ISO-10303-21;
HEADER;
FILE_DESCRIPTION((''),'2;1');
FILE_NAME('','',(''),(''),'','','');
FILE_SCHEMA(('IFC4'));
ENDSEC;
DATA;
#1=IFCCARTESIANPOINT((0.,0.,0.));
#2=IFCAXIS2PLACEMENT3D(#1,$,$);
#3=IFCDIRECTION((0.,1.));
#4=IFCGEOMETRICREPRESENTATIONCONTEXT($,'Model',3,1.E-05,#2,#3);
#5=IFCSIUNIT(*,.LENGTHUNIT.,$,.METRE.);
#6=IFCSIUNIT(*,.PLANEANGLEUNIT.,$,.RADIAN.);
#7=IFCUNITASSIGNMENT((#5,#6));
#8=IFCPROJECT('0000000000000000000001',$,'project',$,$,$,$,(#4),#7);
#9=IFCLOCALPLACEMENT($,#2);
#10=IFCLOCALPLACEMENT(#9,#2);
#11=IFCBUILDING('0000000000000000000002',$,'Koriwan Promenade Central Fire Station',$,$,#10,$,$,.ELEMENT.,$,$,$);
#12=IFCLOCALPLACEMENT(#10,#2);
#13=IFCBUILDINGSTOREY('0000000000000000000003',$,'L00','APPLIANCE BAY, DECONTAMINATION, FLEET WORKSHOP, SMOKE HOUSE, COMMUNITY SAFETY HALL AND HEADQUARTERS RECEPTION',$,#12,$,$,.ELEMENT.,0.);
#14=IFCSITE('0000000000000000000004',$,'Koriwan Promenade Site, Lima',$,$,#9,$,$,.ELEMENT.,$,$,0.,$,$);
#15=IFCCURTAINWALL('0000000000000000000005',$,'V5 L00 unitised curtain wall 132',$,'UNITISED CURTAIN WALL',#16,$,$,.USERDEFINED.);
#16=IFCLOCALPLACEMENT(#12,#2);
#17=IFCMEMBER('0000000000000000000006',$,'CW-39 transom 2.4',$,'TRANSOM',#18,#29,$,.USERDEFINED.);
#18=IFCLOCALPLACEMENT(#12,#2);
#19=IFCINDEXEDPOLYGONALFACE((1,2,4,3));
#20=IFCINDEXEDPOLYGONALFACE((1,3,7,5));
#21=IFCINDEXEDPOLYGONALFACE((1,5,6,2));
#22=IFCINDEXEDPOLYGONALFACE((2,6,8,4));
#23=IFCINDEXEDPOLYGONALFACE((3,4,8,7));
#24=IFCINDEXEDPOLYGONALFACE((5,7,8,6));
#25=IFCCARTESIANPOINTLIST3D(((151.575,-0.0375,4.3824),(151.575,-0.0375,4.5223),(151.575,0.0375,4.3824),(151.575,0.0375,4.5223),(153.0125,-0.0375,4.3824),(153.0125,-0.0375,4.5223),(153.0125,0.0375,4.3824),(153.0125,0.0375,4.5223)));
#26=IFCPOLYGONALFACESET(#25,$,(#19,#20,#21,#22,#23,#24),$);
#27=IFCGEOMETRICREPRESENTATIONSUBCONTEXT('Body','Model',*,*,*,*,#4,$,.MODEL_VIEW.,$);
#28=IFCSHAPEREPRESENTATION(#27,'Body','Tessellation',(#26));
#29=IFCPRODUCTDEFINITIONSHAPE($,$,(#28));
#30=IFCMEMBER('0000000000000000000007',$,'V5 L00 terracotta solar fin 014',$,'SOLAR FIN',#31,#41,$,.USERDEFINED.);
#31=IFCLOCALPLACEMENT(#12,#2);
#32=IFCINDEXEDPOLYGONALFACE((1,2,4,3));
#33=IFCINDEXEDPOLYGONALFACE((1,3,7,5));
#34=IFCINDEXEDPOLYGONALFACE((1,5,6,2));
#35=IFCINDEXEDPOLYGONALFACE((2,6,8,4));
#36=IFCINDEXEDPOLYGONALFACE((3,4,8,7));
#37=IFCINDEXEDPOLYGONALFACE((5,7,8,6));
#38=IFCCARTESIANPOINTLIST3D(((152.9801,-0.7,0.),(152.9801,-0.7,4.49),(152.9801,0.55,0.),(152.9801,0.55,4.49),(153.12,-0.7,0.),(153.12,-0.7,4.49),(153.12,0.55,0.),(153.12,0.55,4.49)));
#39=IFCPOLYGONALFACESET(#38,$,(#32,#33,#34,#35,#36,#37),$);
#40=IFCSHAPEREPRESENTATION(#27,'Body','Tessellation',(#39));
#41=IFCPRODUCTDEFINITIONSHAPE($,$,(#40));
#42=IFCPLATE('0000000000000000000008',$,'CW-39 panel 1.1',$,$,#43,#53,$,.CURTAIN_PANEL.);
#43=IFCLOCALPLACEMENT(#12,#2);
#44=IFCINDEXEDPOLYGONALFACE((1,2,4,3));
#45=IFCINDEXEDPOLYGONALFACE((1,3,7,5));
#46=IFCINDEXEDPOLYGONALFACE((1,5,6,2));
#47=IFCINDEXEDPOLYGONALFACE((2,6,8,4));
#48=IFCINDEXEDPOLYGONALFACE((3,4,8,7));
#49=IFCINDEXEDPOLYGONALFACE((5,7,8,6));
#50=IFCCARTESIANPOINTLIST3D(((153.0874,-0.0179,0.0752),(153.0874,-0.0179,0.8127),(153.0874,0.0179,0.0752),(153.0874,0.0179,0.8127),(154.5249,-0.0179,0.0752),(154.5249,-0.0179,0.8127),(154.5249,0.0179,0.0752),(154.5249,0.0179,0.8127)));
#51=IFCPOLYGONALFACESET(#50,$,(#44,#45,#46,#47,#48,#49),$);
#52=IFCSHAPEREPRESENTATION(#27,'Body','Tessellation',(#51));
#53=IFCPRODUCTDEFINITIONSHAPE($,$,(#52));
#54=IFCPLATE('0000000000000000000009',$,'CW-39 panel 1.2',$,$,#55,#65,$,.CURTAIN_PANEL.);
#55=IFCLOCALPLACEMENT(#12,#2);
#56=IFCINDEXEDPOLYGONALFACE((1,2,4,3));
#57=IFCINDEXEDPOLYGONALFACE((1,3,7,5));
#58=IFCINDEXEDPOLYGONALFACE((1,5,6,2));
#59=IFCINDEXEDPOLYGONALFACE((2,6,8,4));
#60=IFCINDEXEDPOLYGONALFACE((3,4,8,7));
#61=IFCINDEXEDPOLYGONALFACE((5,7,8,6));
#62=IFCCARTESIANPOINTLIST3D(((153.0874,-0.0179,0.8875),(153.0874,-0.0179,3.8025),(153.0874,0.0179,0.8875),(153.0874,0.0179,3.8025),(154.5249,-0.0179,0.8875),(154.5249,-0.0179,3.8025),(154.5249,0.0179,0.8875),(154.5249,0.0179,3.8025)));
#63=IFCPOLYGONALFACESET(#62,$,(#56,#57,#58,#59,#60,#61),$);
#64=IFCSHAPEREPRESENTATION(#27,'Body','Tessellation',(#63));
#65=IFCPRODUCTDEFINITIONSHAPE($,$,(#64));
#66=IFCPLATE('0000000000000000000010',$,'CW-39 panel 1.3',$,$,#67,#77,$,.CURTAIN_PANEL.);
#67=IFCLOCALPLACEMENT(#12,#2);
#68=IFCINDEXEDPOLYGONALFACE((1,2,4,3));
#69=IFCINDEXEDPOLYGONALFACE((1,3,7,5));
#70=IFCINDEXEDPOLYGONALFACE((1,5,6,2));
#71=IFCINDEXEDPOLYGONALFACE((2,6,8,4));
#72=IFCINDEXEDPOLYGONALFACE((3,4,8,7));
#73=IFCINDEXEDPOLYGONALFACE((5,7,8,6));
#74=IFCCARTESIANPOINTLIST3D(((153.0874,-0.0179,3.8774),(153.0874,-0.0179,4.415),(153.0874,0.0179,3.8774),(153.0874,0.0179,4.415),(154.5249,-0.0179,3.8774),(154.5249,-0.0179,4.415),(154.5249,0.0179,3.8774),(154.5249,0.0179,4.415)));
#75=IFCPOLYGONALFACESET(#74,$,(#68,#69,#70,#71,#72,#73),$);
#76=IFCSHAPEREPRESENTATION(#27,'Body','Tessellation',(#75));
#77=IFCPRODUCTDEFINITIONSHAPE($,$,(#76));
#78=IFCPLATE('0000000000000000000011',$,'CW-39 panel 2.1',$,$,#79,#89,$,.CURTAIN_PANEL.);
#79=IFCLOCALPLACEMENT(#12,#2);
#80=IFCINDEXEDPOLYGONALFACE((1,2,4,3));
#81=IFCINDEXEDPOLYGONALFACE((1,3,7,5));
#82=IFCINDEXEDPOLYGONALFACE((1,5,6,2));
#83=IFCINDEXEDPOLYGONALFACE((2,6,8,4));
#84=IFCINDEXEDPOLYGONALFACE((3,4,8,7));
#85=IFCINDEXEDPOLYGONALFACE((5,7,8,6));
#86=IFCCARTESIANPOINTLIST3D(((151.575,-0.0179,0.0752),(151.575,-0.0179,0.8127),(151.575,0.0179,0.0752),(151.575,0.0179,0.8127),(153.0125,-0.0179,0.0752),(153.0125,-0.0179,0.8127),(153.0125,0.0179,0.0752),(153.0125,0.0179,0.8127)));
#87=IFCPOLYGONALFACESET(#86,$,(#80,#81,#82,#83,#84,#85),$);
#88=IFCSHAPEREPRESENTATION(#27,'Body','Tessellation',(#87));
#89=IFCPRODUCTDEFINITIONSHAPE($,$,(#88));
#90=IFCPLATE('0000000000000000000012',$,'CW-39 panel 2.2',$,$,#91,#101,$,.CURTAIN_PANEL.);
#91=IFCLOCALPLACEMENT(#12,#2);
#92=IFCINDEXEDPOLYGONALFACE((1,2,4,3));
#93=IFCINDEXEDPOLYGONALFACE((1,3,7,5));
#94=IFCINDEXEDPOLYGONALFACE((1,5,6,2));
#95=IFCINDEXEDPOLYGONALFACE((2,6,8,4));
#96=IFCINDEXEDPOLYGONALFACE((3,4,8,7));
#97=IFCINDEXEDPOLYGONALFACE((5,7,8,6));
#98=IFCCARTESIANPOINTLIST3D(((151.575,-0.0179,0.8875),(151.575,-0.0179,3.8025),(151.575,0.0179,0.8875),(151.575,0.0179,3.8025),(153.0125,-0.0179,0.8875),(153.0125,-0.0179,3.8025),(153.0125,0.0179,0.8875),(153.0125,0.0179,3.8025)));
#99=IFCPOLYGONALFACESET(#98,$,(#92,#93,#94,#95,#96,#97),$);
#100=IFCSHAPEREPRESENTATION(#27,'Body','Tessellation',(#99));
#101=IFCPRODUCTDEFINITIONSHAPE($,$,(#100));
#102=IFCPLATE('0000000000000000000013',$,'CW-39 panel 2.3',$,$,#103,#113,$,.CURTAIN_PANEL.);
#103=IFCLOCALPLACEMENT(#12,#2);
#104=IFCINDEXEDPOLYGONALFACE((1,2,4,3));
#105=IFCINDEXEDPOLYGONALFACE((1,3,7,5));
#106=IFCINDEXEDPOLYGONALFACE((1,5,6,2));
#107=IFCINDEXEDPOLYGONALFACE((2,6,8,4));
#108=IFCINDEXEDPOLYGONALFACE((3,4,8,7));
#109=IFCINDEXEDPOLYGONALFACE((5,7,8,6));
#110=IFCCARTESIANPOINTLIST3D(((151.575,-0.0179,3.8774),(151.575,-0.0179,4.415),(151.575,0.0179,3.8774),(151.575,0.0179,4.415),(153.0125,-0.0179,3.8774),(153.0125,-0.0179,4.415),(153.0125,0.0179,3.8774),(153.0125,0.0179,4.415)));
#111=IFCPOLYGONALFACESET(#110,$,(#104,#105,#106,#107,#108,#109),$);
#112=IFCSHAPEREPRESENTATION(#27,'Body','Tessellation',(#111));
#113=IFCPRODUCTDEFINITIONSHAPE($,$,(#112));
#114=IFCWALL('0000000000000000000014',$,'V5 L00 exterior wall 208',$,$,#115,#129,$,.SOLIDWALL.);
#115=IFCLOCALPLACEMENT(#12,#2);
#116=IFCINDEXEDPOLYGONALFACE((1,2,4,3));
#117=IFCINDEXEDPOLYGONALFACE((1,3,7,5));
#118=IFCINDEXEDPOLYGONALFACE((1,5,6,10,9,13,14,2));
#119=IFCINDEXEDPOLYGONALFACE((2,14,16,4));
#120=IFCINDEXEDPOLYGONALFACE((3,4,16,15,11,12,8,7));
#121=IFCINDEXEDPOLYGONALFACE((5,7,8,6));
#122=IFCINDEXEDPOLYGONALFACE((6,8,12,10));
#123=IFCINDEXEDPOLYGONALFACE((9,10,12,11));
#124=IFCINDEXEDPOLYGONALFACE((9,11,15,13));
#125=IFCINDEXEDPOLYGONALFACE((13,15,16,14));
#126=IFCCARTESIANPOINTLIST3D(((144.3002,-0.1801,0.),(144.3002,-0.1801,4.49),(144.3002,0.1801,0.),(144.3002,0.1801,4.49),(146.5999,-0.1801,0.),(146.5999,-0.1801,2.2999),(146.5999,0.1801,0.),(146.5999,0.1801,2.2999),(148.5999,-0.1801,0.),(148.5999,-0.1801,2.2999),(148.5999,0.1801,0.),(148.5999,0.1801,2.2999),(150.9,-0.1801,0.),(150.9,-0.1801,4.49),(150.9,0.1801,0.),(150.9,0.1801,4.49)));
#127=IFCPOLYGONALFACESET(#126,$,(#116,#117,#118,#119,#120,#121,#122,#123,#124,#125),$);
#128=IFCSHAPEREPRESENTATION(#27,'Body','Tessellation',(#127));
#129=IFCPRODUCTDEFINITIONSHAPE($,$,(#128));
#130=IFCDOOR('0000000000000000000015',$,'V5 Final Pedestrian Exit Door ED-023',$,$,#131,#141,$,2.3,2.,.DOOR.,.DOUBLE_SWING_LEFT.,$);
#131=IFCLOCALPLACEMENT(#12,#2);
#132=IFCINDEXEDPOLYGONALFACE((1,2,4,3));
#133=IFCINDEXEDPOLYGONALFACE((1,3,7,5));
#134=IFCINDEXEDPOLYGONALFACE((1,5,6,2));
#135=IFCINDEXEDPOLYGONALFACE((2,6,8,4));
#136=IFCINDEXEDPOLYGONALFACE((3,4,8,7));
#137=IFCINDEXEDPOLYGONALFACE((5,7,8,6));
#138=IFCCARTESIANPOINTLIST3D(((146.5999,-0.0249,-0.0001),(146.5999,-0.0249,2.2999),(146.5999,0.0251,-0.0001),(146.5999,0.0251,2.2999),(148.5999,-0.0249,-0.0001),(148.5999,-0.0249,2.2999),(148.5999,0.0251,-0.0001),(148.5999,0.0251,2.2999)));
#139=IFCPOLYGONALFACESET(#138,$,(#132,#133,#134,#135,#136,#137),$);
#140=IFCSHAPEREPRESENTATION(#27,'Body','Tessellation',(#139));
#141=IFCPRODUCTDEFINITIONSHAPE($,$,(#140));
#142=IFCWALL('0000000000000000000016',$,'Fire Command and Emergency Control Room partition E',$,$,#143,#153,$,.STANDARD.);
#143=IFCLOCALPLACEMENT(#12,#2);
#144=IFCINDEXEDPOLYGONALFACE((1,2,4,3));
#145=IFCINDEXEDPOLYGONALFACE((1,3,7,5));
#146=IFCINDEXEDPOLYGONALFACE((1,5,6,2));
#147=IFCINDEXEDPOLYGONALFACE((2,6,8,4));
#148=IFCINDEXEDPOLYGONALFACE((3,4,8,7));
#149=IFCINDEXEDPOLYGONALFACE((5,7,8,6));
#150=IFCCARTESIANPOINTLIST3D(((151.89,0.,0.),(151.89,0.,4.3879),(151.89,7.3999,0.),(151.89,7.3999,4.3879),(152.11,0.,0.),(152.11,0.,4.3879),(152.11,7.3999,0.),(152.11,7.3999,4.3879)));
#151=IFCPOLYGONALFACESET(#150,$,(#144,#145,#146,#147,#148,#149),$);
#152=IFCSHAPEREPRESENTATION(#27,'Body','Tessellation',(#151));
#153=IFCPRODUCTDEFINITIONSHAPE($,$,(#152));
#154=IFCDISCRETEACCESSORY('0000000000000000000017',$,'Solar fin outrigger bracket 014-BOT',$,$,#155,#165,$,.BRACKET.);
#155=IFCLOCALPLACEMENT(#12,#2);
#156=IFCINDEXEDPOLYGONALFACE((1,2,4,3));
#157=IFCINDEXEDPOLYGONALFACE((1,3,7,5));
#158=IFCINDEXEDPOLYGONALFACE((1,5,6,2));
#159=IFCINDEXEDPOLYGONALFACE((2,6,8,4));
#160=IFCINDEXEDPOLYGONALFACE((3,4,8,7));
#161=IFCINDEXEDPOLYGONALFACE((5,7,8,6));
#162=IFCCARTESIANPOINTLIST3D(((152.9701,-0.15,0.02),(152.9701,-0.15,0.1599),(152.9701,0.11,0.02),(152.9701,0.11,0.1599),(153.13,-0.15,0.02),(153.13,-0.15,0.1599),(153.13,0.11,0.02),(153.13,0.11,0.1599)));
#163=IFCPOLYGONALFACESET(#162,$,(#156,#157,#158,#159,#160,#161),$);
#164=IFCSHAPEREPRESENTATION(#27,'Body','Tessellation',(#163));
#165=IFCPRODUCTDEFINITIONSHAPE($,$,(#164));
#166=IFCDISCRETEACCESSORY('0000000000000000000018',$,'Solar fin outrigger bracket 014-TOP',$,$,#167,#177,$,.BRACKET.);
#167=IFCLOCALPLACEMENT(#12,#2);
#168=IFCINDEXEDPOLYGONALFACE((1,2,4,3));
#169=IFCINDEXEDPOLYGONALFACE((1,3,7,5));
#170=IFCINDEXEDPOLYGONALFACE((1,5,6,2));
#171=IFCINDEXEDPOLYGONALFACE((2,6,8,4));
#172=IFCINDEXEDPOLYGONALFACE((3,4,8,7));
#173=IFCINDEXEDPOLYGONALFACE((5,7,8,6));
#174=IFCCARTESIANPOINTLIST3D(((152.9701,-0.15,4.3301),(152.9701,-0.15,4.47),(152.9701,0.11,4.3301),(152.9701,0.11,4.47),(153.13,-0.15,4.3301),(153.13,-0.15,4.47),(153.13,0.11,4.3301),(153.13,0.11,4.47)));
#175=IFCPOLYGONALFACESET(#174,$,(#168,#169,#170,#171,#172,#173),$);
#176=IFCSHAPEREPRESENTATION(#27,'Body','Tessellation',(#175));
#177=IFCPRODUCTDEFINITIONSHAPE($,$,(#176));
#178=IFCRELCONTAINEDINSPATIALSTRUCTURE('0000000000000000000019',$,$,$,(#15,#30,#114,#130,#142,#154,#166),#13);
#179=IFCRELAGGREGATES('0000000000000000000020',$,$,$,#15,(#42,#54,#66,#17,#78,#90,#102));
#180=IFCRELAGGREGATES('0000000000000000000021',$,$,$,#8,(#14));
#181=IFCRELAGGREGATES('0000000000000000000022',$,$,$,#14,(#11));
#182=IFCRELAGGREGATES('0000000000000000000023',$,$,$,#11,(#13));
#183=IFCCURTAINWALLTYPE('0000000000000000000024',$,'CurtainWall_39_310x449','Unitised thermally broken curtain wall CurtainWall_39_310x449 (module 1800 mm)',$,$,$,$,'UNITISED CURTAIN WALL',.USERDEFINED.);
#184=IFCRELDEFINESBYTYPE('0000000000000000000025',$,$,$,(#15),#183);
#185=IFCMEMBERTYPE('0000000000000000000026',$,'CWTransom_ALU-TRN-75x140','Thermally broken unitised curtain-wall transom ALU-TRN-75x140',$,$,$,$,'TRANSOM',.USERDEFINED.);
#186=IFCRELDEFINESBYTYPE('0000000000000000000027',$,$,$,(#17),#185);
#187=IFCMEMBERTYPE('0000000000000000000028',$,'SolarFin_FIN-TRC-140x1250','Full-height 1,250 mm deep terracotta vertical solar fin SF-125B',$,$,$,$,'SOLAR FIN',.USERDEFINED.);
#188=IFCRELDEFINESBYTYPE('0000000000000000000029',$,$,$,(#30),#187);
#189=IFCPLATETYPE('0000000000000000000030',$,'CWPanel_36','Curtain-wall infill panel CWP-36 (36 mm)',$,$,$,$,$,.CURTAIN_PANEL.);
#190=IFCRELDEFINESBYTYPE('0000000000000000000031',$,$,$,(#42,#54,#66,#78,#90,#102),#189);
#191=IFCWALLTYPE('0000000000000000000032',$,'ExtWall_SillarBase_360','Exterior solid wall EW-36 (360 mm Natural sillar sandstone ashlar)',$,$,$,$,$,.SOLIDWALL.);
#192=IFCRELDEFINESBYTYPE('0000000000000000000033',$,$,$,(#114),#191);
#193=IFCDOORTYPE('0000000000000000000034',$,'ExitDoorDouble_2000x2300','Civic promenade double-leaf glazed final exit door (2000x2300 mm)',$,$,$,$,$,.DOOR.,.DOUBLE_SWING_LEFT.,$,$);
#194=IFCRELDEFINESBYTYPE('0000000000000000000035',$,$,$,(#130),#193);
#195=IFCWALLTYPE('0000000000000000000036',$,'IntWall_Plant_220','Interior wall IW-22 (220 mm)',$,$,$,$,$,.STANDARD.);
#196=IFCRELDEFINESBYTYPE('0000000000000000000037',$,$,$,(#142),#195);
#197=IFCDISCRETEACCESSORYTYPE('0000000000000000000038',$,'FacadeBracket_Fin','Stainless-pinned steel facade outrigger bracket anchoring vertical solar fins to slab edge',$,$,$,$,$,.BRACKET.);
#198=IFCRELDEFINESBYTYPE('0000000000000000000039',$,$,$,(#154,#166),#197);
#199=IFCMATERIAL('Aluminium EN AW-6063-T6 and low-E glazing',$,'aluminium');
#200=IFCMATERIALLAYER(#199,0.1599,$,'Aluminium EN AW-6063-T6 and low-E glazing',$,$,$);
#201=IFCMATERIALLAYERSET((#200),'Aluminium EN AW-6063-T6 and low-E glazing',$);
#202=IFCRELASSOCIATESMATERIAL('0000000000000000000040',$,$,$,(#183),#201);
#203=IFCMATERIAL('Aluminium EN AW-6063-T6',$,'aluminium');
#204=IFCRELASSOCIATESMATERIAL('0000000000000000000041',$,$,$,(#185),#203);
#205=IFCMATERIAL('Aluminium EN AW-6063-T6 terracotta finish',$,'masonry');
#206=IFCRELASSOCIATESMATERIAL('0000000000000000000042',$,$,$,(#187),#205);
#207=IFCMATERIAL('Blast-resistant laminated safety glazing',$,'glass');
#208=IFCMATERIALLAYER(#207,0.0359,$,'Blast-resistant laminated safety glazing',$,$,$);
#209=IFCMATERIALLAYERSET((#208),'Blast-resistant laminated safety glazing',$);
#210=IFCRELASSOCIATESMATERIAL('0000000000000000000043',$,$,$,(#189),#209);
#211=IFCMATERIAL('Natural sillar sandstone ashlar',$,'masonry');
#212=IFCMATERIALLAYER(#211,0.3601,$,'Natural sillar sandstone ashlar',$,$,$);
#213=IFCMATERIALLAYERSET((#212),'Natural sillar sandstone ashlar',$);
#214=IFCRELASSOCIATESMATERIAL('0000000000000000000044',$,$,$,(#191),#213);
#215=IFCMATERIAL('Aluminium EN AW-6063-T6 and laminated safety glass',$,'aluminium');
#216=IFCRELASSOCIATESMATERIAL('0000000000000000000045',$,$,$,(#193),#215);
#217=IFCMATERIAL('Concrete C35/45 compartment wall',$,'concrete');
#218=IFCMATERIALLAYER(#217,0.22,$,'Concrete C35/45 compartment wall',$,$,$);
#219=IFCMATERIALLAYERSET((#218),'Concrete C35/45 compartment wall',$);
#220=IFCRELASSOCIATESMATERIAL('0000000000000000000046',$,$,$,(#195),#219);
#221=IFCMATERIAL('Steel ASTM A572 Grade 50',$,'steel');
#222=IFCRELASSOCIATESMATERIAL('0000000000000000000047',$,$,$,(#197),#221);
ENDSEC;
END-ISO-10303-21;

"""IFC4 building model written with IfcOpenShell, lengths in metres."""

from ifc_helpers import new_model, si_unit, direction, frame, frame_2d, origin, origin_2d, place, context, subcontext, project, spatial, rectangle, extrude, material, layer, layer_set, material_profile, profile_set, type_object, element, fill, aggregate, save


model = new_model("IFC4")

# Units and contexts
model_context = context("Model", 3, precision=1e-05, world=origin(), true_north=direction((0.0, 1.0)))
body_context = subcontext(model_context, "Body", "Model", "MODEL_VIEW")
ifc_project = project(units=[si_unit("LENGTHUNIT", "METRE"), si_unit("PLANEANGLEUNIT", "RADIAN")], contexts=[model_context])

# Site, building, storey
site_placement = place(None, origin())
site = spatial("IfcSite", under=ifc_project, at=site_placement, Name="Koriwan Promenade Site, Lima", CompositionType="ELEMENT", RefElevation=0.0)
building_placement = place(site_placement, origin())
building = spatial("IfcBuilding", under=site, at=building_placement, Name="Koriwan Promenade Central Fire Station", CompositionType="ELEMENT")
storey_placement = place(building_placement, origin())
storey = spatial("IfcBuildingStorey", under=building, at=storey_placement, Name="L00", Description="APPLIANCE BAY, DECONTAMINATION, FLEET WORKSHOP, SMOKE HOUSE, COMMUNITY SAFETY HALL AND HEADQUARTERS RECEPTION", CompositionType="ELEMENT", Elevation=0.0)

# Curtain wall, member
ifc_material_1 = material(Name="Aluminium EN AW-6063-T6 and low-E glazing", Category="aluminium")
ifc_layer_1 = layer(ifc_material_1, 0.1599, Name="Aluminium EN AW-6063-T6 and low-E glazing")
ifc_layer_set_1 = layer_set([ifc_layer_1], Name="Aluminium EN AW-6063-T6 and low-E glazing")
curtain_wall_type = type_object("IfcCurtainWallType", Name="CurtainWall_39_310x449", Description="Unitised thermally broken curtain wall CurtainWall_39_310x449 (module 1800 mm)", ElementType="UNITISED CURTAIN WALL", PredefinedType="USERDEFINED", material=ifc_layer_set_1)
curtain_wall_placement = place(storey_placement, origin())
curtain_wall = element("IfcCurtainWall", 1, at=curtain_wall_placement, inside=storey, type_object=curtain_wall_type, Name="V5 L00 unitised curtain wall 132", ObjectType="UNITISED CURTAIN WALL", PredefinedType="USERDEFINED")
ifc_material_2 = material(Name="Aluminium EN AW-6063-T6", Category="aluminium")
ifc_material_profile_1 = material_profile(ifc_material_2, rectangle(XDim=0.075, YDim=0.1399, at=origin_2d()), Name="ALU-TRN-75x140")
ifc_profile_set_1 = profile_set([ifc_material_profile_1], Name="Aluminium EN AW-6063-T6")
member_type_1 = type_object("IfcMemberType", Name="CWTransom_ALU-TRN-75x140", Description="Thermally broken unitised curtain-wall transom ALU-TRN-75x140", ElementType="TRANSOM", PredefinedType="USERDEFINED", material=ifc_profile_set_1)
member_1_placement = place(storey_placement, frame((153.0125, 0.0, 4.4524), z_axis=(-1.0, 0.0, 0.0), x_axis=(0.0, -1.0, 0.0)))
member_1 = element("IfcMember", 2, at=member_1_placement, type_object=member_type_1, Name="CW-39 transom 2.4", ObjectType="TRANSOM", PredefinedType="USERDEFINED", context=body_context, shape_type="SweptSolid", body=[
    extrude(rectangle(XDim=0.075, YDim=0.1399, at=origin_2d()), origin(), (0.0, 0.0, 1.0), 1.4375),
])

# Member
ifc_material_3 = material(Name="Aluminium EN AW-6063-T6 terracotta finish", Category="masonry")
ifc_material_profile_2 = material_profile(ifc_material_3, rectangle(XDim=0.1399, YDim=1.25, at=origin_2d()), Name="FIN-TRC-140x1250")
ifc_profile_set_2 = profile_set([ifc_material_profile_2], Name="Aluminium EN AW-6063-T6 terracotta finish")
member_type_2 = type_object("IfcMemberType", Name="SolarFin_FIN-TRC-140x1250", Description="Full-height 1,250 mm deep terracotta vertical solar fin SF-125B", ElementType="SOLAR FIN", PredefinedType="USERDEFINED", material=ifc_profile_set_2)
member_2_placement = place(storey_placement, frame((153.05, -0.075, 0.0), z_axis=(0.0, 0.0, 1.0), x_axis=(-1.0, 0.0, 0.0)))
element("IfcMember", 3, at=member_2_placement, inside=storey, type_object=member_type_2, Name="V5 L00 terracotta solar fin 014", ObjectType="SOLAR FIN", PredefinedType="USERDEFINED", context=body_context, shape_type="SweptSolid", body=[
    extrude(rectangle(XDim=0.1399, YDim=1.25, at=origin_2d()), origin(), (0.0, 0.0, 1.0), 4.49),
])

# Plates
ifc_material_4 = material(Name="Blast-resistant laminated safety glazing", Category="glass")
ifc_layer_2 = layer(ifc_material_4, 0.0359, Name="Blast-resistant laminated safety glazing")
ifc_layer_set_2 = layer_set([ifc_layer_2], Name="Blast-resistant laminated safety glazing")
plate_type = type_object("IfcPlateType", Name="CWPanel_36", Description="Curtain-wall infill panel CWP-36 (36 mm)", PredefinedType="CURTAIN_PANEL", material=ifc_layer_set_2)
plate_1_placement = place(storey_placement, frame((153.8062, 0.0, 0.0752), z_axis=(0.0, 0.0, 1.0), x_axis=(-1.0, 0.0, 0.0)))
plate_1 = element("IfcPlate", 4, at=plate_1_placement, type_object=plate_type, Name="CW-39 panel 1.1", PredefinedType="CURTAIN_PANEL", context=body_context, shape_type="SweptSolid", body=[
    extrude(rectangle(XDim=1.4375, YDim=0.0359, at=origin_2d()), origin(), (0.0, 0.0, 1.0), 0.7375),
])
plate_2_placement = place(storey_placement, frame((153.8062, 0.0, 0.8875), z_axis=(0.0, 0.0, 1.0), x_axis=(-1.0, 0.0, 0.0)))
plate_2 = element("IfcPlate", 5, at=plate_2_placement, type_object=plate_type, Name="CW-39 panel 1.2", PredefinedType="CURTAIN_PANEL", context=body_context, shape_type="SweptSolid", body=[
    extrude(rectangle(XDim=1.4375, YDim=0.0359, at=origin_2d()), origin(), (0.0, 0.0, 1.0), 2.915),
])
plate_3_placement = place(storey_placement, frame((153.8062, 0.0, 3.8774), z_axis=(0.0, 0.0, 1.0), x_axis=(-1.0, 0.0, 0.0)))
plate_3 = element("IfcPlate", 6, at=plate_3_placement, type_object=plate_type, Name="CW-39 panel 1.3", PredefinedType="CURTAIN_PANEL", context=body_context, shape_type="SweptSolid", body=[
    extrude(rectangle(XDim=1.4375, YDim=0.0359, at=origin_2d()), origin(), (0.0, 0.0, 1.0), 0.5376),
])
plate_4_placement = place(storey_placement, frame((152.2937, 0.0, 0.0752), z_axis=(0.0, 0.0, 1.0), x_axis=(-1.0, 0.0, 0.0)))
plate_4 = element("IfcPlate", 7, at=plate_4_placement, type_object=plate_type, Name="CW-39 panel 2.1", PredefinedType="CURTAIN_PANEL", context=body_context, shape_type="SweptSolid", body=[
    extrude(rectangle(XDim=1.4375, YDim=0.0359, at=origin_2d()), origin(), (0.0, 0.0, 1.0), 0.7375),
])
plate_5_placement = place(storey_placement, frame((152.2937, 0.0, 0.8875), z_axis=(0.0, 0.0, 1.0), x_axis=(-1.0, 0.0, 0.0)))
plate_5 = element("IfcPlate", 8, at=plate_5_placement, type_object=plate_type, Name="CW-39 panel 2.2", PredefinedType="CURTAIN_PANEL", context=body_context, shape_type="SweptSolid", body=[
    extrude(rectangle(XDim=1.4375, YDim=0.0359, at=origin_2d()), origin(), (0.0, 0.0, 1.0), 2.915),
])
plate_6_placement = place(storey_placement, frame((152.2937, 0.0, 3.8774), z_axis=(0.0, 0.0, 1.0), x_axis=(-1.0, 0.0, 0.0)))
plate_6 = element("IfcPlate", 9, at=plate_6_placement, type_object=plate_type, Name="CW-39 panel 2.3", PredefinedType="CURTAIN_PANEL", context=body_context, shape_type="SweptSolid", body=[
    extrude(rectangle(XDim=1.4375, YDim=0.0359, at=origin_2d()), origin(), (0.0, 0.0, 1.0), 0.5376),
])
aggregate(curtain_wall, [plate_1, plate_2, plate_3, member_1, plate_4, plate_5, plate_6])

# Wall, opening, door
ifc_material_5 = material(Name="Natural sillar sandstone ashlar", Category="masonry")
ifc_layer_3 = layer(ifc_material_5, 0.3601, Name="Natural sillar sandstone ashlar")
ifc_layer_set_3 = layer_set([ifc_layer_3], Name="Natural sillar sandstone ashlar")
wall_type_1 = type_object("IfcWallType", Name="ExtWall_SillarBase_360", Description="Exterior solid wall EW-36 (360 mm Natural sillar sandstone ashlar)", PredefinedType="SOLIDWALL", material=ifc_layer_set_3)
wall_1_placement = place(storey_placement, frame((150.8999, 0.0, 0.0), z_axis=(0.0, 0.0, 1.0), x_axis=(-1.0, 0.0, 0.0)))
wall_1 = element("IfcWall", 10, at=wall_1_placement, inside=storey, type_object=wall_type_1, Name="V5 L00 exterior wall 208", PredefinedType="SOLIDWALL", context=body_context, shape_type="SweptSolid", body=[
    extrude(rectangle(XDim=6.5999, YDim=0.3601, at=frame_2d((3.2998, 0.0))), origin(), (0.0, 0.0, 1.0), 4.49),
])
opening_placement = place(wall_1_placement, frame((2.3, 0.0, 0.0)))
opening = element("IfcOpeningElement", 11, at=opening_placement, cuts=wall_1, PredefinedType="OPENING", context=body_context, shape_type="SweptSolid", body=[
    extrude(rectangle(XDim=2.0, YDim=2.3, at=frame_2d((1.0, 1.1499))), frame((0.0, 0.1919, 0.0), z_axis=(0.0, -1.0, 0.0), x_axis=(1.0, 0.0, 0.0)), (0.0, 0.0, 1.0), 0.384),
])
ifc_material_6 = material(Name="Aluminium EN AW-6063-T6 and laminated safety glass", Category="aluminium")
door_type = type_object("IfcDoorType", Name="ExitDoorDouble_2000x2300", Description="Civic promenade double-leaf glazed final exit door (2000x2300 mm)", OperationType="DOUBLE_SWING_LEFT", PredefinedType="DOOR", material=ifc_material_6)
door_placement = place(opening_placement, origin())
door = element("IfcDoor", 12, at=door_placement, inside=storey, type_object=door_type, Name="V5 Final Pedestrian Exit Door ED-023", OperationType="DOUBLE_SWING_LEFT", OverallHeight=2.3, OverallWidth=2.0, PredefinedType="DOOR", context=body_context, shape_type="SweptSolid", body=[
    extrude(rectangle(XDim=2.0, YDim=2.3, at=frame_2d((1.0, 1.1499))), frame((0.0, 0.0249, 0.0), z_axis=(0.0, -1.0, 0.0), x_axis=(1.0, 0.0, 0.0)), (0.0, 0.0, 1.0), 0.05),
])
fill(opening, door)

# Wall
ifc_material_7 = material(Name="Concrete C35/45 compartment wall", Category="concrete")
ifc_layer_4 = layer(ifc_material_7, 0.22, Name="Concrete C35/45 compartment wall")
ifc_layer_set_4 = layer_set([ifc_layer_4], Name="Concrete C35/45 compartment wall")
wall_type_2 = type_object("IfcWallType", Name="IntWall_Plant_220", Description="Interior wall IW-22 (220 mm)", PredefinedType="STANDARD", material=ifc_layer_set_4)
wall_2_placement = place(storey_placement, frame((152.0, 0.0, 0.0), z_axis=(0.0, 0.0, 1.0), x_axis=(0.0, 1.0, 0.0)))
element("IfcWall", 13, at=wall_2_placement, inside=storey, type_object=wall_type_2, Name="Fire Command and Emergency Control Room partition E", PredefinedType="STANDARD", context=body_context, shape_type="SweptSolid", body=[
    extrude(rectangle(XDim=7.3999, YDim=0.22, at=frame_2d((3.7, 0.0))), origin(), (0.0, 0.0, 1.0), 4.3879),
])

# Discrete accessories
ifc_material_8 = material(Name="Steel ASTM A572 Grade 50", Category="steel")
discrete_accessory_type = type_object("IfcDiscreteAccessoryType", Name="FacadeBracket_Fin", Description="Stainless-pinned steel facade outrigger bracket anchoring vertical solar fins to slab edge", PredefinedType="BRACKET", material=ifc_material_8)
for number, where, z_axis, x_axis, name in (
    (14, (153.05, -0.02, 0.02), (0.0, 0.0, 1.0), (0.0, -1.0, 0.0), "Solar fin outrigger bracket 014-BOT"),
    (15, (153.05, -0.02, 4.3301), (0.0, 0.0, 1.0), (0.0, -1.0, 0.0), "Solar fin outrigger bracket 014-TOP"),
):
    element("IfcDiscreteAccessory", number, at=place(storey_placement, frame(where, z_axis=z_axis, x_axis=x_axis)), inside=storey, type_object=discrete_accessory_type, Name=name, PredefinedType="BRACKET", context=body_context, shape_type="SweptSolid", body=[
        extrude(rectangle(XDim=0.26, YDim=0.1599, at=origin_2d()), origin(), (0.0, 0.0, 1.0), 0.1399),
    ])

save(model, "model.ifc")
